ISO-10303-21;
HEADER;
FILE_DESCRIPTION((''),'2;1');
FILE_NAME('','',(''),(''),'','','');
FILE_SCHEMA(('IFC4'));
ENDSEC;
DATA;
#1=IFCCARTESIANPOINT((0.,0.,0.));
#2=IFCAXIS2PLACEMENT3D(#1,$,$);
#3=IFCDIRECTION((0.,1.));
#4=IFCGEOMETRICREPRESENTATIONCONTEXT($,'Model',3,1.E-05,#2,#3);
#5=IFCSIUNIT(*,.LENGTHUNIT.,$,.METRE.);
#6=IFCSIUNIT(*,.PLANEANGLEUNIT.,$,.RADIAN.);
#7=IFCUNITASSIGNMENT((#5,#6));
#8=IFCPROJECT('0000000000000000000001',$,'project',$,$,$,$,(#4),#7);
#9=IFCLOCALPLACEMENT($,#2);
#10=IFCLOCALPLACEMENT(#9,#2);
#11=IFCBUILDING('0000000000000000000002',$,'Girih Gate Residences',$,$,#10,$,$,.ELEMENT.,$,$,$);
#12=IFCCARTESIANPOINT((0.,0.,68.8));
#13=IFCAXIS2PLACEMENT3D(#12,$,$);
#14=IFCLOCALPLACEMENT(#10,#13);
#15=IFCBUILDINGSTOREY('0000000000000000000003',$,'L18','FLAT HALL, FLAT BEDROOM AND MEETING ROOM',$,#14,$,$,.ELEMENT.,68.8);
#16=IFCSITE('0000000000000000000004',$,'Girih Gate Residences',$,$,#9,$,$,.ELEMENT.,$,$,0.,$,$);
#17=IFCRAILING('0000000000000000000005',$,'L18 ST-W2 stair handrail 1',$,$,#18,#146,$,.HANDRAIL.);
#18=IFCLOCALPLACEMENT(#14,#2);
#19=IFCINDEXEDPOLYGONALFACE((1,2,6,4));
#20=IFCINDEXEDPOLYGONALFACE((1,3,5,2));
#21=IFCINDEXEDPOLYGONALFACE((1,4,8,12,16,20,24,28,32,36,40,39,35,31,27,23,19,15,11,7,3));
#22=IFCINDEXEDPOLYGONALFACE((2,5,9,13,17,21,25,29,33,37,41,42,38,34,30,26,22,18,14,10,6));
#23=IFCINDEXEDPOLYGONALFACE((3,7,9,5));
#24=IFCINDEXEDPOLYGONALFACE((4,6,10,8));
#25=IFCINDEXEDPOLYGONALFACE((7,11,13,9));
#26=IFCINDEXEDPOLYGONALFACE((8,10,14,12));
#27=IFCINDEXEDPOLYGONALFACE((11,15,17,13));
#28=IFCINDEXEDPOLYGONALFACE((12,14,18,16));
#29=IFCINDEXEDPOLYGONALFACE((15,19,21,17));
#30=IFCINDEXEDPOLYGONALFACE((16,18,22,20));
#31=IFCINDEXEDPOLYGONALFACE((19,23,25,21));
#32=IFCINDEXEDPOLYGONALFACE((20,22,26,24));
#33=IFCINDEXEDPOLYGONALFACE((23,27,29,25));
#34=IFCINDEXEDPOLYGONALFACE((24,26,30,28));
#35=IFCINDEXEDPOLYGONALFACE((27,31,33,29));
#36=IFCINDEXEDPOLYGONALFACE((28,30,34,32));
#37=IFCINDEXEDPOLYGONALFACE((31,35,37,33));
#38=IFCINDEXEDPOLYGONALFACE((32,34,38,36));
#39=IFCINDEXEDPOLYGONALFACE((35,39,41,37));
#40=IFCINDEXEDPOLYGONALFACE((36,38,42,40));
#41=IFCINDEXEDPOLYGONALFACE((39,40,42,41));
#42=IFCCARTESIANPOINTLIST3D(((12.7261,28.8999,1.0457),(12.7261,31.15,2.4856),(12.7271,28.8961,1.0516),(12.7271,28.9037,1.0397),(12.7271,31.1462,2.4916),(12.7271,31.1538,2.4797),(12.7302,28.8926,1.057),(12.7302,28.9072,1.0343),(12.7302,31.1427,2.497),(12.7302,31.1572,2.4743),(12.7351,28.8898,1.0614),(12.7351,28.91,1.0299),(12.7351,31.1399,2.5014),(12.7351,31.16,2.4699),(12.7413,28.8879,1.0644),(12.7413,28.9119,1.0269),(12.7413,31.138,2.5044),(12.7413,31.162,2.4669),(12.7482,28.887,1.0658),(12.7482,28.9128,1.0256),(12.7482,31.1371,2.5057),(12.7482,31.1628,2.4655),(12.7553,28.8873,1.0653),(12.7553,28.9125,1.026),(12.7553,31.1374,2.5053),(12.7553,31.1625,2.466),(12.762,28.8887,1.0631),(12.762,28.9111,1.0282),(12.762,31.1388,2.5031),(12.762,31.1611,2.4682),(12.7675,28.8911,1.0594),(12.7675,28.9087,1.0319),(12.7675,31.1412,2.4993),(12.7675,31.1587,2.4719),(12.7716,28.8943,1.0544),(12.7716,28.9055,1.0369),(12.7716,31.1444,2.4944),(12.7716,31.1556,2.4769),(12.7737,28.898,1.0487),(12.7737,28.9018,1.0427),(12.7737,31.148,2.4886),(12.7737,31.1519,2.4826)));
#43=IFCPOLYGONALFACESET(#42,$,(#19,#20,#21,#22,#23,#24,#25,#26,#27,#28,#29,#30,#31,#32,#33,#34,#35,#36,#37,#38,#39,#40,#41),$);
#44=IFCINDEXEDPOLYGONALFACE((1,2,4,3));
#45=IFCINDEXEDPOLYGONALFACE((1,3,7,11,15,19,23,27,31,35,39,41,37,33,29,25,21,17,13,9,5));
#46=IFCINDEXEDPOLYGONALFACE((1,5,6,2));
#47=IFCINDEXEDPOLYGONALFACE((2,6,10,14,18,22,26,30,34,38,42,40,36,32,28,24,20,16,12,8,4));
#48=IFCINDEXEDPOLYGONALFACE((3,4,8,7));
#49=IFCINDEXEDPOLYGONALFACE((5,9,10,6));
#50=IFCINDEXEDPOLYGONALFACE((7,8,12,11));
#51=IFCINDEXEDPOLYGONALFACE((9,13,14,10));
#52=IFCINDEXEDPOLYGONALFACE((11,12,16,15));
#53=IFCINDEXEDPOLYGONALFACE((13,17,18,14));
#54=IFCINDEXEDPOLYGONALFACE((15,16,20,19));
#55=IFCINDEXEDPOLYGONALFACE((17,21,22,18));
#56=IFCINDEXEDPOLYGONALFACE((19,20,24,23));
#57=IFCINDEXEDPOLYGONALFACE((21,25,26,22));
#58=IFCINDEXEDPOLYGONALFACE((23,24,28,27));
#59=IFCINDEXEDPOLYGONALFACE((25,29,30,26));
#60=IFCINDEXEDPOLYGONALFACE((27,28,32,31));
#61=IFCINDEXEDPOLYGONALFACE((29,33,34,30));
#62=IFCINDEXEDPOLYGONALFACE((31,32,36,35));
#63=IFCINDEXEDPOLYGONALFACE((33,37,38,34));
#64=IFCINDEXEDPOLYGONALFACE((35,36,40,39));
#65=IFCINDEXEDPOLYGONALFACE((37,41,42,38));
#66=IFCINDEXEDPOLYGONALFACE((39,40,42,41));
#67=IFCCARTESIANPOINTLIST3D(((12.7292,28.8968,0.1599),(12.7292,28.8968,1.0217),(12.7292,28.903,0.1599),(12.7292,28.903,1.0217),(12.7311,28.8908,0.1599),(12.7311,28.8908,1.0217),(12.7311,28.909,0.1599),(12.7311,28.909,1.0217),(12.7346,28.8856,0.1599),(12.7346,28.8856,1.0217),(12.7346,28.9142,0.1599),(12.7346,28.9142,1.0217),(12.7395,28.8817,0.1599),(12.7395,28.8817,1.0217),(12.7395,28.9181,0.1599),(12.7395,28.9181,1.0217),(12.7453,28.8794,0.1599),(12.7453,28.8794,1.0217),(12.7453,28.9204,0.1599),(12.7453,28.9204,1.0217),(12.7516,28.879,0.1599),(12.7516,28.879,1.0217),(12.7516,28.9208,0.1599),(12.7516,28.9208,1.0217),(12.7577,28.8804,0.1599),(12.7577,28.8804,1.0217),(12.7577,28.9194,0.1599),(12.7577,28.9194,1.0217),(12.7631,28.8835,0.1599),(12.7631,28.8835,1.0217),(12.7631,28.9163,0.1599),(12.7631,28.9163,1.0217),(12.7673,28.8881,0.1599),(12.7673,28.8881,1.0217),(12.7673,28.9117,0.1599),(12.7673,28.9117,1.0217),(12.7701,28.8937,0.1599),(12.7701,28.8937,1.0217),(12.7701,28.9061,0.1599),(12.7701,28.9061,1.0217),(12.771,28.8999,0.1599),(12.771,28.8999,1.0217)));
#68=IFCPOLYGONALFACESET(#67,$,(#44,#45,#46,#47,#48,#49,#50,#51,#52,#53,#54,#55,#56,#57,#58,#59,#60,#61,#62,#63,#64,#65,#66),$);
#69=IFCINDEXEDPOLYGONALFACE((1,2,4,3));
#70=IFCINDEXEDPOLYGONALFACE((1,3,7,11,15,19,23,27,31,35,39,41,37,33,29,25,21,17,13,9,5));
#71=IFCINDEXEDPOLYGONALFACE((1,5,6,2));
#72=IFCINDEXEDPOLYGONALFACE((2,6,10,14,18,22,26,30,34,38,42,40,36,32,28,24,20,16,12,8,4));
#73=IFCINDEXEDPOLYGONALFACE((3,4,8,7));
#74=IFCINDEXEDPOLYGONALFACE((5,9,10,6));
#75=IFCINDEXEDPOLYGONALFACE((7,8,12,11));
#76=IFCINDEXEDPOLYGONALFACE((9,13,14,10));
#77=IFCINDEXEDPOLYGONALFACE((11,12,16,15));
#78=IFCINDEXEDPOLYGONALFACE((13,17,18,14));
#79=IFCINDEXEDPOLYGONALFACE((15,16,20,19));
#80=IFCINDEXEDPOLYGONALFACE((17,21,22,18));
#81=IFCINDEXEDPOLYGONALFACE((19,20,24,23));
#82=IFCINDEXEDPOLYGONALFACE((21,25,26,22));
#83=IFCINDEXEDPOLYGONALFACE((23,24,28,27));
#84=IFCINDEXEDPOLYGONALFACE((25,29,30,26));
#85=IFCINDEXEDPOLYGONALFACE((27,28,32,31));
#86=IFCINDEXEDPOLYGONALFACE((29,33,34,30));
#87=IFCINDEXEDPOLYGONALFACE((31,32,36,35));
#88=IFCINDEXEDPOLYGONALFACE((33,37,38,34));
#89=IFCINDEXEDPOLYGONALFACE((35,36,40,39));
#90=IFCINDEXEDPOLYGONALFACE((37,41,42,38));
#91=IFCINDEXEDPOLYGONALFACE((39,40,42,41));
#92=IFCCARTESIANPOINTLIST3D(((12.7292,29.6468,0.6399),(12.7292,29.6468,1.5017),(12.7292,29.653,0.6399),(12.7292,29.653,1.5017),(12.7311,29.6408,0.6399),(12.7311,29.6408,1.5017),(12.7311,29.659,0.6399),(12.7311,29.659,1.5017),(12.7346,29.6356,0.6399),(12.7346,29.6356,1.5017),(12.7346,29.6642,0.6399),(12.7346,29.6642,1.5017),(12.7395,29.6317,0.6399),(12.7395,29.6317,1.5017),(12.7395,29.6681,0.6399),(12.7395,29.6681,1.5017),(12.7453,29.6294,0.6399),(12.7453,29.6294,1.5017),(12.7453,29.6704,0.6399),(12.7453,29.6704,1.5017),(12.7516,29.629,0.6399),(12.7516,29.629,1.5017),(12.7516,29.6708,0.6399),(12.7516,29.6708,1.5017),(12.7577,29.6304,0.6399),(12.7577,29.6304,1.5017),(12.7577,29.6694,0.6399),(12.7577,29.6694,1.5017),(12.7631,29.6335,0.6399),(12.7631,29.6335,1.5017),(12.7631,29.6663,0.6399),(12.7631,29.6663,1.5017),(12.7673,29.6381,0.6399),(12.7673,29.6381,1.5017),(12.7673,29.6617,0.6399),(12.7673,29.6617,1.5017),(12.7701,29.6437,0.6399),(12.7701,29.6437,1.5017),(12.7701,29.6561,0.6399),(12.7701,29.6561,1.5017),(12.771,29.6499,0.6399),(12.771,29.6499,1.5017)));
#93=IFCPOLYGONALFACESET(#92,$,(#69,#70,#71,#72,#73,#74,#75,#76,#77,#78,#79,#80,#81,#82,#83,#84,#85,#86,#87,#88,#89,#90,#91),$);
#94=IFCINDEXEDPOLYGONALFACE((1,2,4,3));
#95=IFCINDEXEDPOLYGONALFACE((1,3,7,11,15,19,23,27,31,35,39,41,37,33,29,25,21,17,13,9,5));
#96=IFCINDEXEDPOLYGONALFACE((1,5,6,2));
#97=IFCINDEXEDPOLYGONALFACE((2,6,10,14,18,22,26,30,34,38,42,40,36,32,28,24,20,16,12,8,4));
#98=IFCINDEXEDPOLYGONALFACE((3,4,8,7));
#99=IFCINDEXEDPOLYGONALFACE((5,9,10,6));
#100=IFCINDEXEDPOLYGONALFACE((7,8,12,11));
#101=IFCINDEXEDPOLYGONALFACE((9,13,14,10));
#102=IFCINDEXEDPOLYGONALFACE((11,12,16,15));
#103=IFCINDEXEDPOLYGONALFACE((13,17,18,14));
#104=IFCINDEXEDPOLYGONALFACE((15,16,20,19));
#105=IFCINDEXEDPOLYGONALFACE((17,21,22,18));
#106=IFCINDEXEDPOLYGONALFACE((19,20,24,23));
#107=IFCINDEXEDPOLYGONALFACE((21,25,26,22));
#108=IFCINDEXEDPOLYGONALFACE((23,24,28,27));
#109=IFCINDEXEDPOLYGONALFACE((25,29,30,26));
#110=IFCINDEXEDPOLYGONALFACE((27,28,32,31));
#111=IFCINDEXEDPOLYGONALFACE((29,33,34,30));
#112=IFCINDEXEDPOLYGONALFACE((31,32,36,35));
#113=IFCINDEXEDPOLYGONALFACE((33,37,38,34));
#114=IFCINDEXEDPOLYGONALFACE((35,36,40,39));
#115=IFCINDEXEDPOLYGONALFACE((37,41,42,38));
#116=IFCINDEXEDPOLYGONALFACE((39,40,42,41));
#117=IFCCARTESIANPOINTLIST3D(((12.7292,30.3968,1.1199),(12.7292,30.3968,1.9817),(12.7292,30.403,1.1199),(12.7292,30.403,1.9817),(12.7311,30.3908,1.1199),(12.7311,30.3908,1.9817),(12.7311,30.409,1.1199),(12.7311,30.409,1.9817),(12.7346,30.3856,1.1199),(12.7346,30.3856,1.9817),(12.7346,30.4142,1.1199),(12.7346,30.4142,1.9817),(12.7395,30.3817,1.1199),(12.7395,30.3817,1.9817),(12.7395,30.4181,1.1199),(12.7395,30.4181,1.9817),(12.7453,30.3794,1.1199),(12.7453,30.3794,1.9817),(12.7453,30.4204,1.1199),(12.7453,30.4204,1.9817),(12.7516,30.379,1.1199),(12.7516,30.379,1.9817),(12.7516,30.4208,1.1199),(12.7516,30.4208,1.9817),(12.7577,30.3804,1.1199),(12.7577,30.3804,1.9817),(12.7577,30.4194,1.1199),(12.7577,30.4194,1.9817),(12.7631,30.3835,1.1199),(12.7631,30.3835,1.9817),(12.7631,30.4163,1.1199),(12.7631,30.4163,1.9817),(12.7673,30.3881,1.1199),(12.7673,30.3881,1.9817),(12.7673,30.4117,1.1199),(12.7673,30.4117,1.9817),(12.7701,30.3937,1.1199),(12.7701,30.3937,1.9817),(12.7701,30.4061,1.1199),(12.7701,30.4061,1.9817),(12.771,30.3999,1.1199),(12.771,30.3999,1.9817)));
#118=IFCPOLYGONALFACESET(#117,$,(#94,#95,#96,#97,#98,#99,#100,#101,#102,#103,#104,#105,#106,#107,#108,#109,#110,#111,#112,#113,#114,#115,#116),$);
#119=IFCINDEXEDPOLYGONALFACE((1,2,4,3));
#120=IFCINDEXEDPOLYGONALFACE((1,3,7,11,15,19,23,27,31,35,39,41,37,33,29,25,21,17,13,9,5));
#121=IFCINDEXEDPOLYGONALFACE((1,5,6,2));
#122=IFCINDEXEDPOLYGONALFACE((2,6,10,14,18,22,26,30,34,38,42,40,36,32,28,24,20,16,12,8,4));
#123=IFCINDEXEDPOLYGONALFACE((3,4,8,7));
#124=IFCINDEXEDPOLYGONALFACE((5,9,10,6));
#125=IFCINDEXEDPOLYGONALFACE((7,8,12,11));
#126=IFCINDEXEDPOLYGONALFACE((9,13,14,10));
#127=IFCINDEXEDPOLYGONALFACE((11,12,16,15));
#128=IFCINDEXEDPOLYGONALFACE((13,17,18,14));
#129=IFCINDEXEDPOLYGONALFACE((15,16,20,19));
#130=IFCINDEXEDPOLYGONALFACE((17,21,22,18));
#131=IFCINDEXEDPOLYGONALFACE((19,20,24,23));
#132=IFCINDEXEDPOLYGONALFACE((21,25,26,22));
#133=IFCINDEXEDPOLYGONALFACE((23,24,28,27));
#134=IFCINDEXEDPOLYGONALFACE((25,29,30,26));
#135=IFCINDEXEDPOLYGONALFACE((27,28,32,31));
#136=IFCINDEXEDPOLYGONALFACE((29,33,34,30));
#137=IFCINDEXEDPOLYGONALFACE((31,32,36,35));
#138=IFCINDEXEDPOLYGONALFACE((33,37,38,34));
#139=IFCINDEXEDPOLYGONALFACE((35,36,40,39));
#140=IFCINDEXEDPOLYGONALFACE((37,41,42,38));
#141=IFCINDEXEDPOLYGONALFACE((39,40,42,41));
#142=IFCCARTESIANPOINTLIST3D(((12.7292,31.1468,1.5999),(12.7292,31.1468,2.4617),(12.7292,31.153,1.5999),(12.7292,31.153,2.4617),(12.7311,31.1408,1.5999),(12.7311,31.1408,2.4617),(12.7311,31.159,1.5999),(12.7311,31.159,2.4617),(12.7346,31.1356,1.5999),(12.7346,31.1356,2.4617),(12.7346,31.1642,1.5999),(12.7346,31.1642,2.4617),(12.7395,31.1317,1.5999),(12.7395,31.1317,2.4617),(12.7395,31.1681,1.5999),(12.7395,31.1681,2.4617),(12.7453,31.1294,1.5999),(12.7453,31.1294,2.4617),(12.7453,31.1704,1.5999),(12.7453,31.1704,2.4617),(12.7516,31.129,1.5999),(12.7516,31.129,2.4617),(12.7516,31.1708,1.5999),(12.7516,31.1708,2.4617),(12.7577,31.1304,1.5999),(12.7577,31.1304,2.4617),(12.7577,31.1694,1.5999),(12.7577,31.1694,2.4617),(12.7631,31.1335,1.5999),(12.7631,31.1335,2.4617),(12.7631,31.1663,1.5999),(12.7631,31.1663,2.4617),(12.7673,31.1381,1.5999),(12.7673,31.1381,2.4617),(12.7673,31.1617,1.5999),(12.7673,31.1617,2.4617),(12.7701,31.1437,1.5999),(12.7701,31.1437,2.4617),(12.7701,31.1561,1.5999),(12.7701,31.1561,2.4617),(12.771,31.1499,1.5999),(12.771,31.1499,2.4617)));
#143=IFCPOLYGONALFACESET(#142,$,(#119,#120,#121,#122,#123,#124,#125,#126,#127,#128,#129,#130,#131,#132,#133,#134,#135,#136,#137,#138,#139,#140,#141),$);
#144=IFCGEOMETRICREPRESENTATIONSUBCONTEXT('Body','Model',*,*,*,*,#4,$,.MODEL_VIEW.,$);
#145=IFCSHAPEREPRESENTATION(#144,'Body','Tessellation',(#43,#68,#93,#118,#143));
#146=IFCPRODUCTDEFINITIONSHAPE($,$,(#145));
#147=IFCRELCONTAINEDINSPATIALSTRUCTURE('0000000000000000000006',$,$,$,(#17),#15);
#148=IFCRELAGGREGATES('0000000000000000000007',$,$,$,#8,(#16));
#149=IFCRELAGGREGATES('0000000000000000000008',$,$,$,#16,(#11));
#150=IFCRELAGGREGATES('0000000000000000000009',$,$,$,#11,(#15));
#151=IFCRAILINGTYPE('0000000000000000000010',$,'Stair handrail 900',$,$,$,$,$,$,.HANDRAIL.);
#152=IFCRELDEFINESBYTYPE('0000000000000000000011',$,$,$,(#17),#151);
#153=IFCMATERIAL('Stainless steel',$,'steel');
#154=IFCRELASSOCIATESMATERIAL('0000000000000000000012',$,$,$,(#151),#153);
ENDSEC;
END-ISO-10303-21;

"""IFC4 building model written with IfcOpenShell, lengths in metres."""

from ifc_helpers import new_model, si_unit, direction, frame, origin, origin_2d, place, context, subcontext, project, spatial, circle, extrude, material, type_object, element, save


model = new_model("IFC4")

# Units and contexts
model_context = context("Model", 3, precision=1e-05, world=origin(), true_north=direction((0.0, 1.0)))
body_context = subcontext(model_context, "Body", "Model", "MODEL_VIEW")
ifc_project = project(units=[si_unit("LENGTHUNIT", "METRE"), si_unit("PLANEANGLEUNIT", "RADIAN")], contexts=[model_context])

# Site, building, storey
site_placement = place(None, origin())
site = spatial("IfcSite", under=ifc_project, at=site_placement, Name="Girih Gate Residences", CompositionType="ELEMENT", RefElevation=0.0)
building_placement = place(site_placement, origin())
building = spatial("IfcBuilding", under=site, at=building_placement, Name="Girih Gate Residences", CompositionType="ELEMENT")
storey_placement = place(building_placement, frame((0.0, 0.0, 68.8)))
storey = spatial("IfcBuildingStorey", under=building, at=storey_placement, Name="L18", Description="FLAT HALL, FLAT BEDROOM AND MEETING ROOM", CompositionType="ELEMENT", Elevation=68.8)

# Railing
ifc_material_1 = material(Name="Stainless steel", Category="steel")
railing_type_1 = type_object("IfcRailingType", Name="Stair handrail 900", PredefinedType="HANDRAIL", material=ifc_material_1)
railing_1_placement = place(storey_placement, frame((12.75, 28.8999, 0.1599)))
element("IfcRailing", 1, at=railing_1_placement, inside=storey, type_object=railing_type_1, Name="L18 ST-W2 stair handrail 1", PredefinedType="HANDRAIL", context=body_context, shape_type="SweptSolid", body=[
    extrude(circle(Radius=0.0239, at=origin_2d()), frame((0.0, 0.0, 0.8857), z_axis=(0.0, 0.842281, 0.539038), x_axis=(-1.0, 0.0, 0.0)), (0.0, 0.0, 1.0), 2.6714),
    extrude(circle(Radius=0.021, at=origin_2d()), origin(), (0.0, 0.0, 1.0), 0.8618),
    extrude(circle(Radius=0.021, at=origin_2d()), frame((0.0, 0.75, 0.48)), (0.0, 0.0, 1.0), 0.8618),
    extrude(circle(Radius=0.021, at=origin_2d()), frame((0.0, 1.5, 0.96)), (0.0, 0.0, 1.0), 0.8618),
    extrude(circle(Radius=0.021, at=origin_2d()), frame((0.0, 2.25, 1.4399)), (0.0, 0.0, 1.0), 0.8618),
])

save(model, "model.ifc")
